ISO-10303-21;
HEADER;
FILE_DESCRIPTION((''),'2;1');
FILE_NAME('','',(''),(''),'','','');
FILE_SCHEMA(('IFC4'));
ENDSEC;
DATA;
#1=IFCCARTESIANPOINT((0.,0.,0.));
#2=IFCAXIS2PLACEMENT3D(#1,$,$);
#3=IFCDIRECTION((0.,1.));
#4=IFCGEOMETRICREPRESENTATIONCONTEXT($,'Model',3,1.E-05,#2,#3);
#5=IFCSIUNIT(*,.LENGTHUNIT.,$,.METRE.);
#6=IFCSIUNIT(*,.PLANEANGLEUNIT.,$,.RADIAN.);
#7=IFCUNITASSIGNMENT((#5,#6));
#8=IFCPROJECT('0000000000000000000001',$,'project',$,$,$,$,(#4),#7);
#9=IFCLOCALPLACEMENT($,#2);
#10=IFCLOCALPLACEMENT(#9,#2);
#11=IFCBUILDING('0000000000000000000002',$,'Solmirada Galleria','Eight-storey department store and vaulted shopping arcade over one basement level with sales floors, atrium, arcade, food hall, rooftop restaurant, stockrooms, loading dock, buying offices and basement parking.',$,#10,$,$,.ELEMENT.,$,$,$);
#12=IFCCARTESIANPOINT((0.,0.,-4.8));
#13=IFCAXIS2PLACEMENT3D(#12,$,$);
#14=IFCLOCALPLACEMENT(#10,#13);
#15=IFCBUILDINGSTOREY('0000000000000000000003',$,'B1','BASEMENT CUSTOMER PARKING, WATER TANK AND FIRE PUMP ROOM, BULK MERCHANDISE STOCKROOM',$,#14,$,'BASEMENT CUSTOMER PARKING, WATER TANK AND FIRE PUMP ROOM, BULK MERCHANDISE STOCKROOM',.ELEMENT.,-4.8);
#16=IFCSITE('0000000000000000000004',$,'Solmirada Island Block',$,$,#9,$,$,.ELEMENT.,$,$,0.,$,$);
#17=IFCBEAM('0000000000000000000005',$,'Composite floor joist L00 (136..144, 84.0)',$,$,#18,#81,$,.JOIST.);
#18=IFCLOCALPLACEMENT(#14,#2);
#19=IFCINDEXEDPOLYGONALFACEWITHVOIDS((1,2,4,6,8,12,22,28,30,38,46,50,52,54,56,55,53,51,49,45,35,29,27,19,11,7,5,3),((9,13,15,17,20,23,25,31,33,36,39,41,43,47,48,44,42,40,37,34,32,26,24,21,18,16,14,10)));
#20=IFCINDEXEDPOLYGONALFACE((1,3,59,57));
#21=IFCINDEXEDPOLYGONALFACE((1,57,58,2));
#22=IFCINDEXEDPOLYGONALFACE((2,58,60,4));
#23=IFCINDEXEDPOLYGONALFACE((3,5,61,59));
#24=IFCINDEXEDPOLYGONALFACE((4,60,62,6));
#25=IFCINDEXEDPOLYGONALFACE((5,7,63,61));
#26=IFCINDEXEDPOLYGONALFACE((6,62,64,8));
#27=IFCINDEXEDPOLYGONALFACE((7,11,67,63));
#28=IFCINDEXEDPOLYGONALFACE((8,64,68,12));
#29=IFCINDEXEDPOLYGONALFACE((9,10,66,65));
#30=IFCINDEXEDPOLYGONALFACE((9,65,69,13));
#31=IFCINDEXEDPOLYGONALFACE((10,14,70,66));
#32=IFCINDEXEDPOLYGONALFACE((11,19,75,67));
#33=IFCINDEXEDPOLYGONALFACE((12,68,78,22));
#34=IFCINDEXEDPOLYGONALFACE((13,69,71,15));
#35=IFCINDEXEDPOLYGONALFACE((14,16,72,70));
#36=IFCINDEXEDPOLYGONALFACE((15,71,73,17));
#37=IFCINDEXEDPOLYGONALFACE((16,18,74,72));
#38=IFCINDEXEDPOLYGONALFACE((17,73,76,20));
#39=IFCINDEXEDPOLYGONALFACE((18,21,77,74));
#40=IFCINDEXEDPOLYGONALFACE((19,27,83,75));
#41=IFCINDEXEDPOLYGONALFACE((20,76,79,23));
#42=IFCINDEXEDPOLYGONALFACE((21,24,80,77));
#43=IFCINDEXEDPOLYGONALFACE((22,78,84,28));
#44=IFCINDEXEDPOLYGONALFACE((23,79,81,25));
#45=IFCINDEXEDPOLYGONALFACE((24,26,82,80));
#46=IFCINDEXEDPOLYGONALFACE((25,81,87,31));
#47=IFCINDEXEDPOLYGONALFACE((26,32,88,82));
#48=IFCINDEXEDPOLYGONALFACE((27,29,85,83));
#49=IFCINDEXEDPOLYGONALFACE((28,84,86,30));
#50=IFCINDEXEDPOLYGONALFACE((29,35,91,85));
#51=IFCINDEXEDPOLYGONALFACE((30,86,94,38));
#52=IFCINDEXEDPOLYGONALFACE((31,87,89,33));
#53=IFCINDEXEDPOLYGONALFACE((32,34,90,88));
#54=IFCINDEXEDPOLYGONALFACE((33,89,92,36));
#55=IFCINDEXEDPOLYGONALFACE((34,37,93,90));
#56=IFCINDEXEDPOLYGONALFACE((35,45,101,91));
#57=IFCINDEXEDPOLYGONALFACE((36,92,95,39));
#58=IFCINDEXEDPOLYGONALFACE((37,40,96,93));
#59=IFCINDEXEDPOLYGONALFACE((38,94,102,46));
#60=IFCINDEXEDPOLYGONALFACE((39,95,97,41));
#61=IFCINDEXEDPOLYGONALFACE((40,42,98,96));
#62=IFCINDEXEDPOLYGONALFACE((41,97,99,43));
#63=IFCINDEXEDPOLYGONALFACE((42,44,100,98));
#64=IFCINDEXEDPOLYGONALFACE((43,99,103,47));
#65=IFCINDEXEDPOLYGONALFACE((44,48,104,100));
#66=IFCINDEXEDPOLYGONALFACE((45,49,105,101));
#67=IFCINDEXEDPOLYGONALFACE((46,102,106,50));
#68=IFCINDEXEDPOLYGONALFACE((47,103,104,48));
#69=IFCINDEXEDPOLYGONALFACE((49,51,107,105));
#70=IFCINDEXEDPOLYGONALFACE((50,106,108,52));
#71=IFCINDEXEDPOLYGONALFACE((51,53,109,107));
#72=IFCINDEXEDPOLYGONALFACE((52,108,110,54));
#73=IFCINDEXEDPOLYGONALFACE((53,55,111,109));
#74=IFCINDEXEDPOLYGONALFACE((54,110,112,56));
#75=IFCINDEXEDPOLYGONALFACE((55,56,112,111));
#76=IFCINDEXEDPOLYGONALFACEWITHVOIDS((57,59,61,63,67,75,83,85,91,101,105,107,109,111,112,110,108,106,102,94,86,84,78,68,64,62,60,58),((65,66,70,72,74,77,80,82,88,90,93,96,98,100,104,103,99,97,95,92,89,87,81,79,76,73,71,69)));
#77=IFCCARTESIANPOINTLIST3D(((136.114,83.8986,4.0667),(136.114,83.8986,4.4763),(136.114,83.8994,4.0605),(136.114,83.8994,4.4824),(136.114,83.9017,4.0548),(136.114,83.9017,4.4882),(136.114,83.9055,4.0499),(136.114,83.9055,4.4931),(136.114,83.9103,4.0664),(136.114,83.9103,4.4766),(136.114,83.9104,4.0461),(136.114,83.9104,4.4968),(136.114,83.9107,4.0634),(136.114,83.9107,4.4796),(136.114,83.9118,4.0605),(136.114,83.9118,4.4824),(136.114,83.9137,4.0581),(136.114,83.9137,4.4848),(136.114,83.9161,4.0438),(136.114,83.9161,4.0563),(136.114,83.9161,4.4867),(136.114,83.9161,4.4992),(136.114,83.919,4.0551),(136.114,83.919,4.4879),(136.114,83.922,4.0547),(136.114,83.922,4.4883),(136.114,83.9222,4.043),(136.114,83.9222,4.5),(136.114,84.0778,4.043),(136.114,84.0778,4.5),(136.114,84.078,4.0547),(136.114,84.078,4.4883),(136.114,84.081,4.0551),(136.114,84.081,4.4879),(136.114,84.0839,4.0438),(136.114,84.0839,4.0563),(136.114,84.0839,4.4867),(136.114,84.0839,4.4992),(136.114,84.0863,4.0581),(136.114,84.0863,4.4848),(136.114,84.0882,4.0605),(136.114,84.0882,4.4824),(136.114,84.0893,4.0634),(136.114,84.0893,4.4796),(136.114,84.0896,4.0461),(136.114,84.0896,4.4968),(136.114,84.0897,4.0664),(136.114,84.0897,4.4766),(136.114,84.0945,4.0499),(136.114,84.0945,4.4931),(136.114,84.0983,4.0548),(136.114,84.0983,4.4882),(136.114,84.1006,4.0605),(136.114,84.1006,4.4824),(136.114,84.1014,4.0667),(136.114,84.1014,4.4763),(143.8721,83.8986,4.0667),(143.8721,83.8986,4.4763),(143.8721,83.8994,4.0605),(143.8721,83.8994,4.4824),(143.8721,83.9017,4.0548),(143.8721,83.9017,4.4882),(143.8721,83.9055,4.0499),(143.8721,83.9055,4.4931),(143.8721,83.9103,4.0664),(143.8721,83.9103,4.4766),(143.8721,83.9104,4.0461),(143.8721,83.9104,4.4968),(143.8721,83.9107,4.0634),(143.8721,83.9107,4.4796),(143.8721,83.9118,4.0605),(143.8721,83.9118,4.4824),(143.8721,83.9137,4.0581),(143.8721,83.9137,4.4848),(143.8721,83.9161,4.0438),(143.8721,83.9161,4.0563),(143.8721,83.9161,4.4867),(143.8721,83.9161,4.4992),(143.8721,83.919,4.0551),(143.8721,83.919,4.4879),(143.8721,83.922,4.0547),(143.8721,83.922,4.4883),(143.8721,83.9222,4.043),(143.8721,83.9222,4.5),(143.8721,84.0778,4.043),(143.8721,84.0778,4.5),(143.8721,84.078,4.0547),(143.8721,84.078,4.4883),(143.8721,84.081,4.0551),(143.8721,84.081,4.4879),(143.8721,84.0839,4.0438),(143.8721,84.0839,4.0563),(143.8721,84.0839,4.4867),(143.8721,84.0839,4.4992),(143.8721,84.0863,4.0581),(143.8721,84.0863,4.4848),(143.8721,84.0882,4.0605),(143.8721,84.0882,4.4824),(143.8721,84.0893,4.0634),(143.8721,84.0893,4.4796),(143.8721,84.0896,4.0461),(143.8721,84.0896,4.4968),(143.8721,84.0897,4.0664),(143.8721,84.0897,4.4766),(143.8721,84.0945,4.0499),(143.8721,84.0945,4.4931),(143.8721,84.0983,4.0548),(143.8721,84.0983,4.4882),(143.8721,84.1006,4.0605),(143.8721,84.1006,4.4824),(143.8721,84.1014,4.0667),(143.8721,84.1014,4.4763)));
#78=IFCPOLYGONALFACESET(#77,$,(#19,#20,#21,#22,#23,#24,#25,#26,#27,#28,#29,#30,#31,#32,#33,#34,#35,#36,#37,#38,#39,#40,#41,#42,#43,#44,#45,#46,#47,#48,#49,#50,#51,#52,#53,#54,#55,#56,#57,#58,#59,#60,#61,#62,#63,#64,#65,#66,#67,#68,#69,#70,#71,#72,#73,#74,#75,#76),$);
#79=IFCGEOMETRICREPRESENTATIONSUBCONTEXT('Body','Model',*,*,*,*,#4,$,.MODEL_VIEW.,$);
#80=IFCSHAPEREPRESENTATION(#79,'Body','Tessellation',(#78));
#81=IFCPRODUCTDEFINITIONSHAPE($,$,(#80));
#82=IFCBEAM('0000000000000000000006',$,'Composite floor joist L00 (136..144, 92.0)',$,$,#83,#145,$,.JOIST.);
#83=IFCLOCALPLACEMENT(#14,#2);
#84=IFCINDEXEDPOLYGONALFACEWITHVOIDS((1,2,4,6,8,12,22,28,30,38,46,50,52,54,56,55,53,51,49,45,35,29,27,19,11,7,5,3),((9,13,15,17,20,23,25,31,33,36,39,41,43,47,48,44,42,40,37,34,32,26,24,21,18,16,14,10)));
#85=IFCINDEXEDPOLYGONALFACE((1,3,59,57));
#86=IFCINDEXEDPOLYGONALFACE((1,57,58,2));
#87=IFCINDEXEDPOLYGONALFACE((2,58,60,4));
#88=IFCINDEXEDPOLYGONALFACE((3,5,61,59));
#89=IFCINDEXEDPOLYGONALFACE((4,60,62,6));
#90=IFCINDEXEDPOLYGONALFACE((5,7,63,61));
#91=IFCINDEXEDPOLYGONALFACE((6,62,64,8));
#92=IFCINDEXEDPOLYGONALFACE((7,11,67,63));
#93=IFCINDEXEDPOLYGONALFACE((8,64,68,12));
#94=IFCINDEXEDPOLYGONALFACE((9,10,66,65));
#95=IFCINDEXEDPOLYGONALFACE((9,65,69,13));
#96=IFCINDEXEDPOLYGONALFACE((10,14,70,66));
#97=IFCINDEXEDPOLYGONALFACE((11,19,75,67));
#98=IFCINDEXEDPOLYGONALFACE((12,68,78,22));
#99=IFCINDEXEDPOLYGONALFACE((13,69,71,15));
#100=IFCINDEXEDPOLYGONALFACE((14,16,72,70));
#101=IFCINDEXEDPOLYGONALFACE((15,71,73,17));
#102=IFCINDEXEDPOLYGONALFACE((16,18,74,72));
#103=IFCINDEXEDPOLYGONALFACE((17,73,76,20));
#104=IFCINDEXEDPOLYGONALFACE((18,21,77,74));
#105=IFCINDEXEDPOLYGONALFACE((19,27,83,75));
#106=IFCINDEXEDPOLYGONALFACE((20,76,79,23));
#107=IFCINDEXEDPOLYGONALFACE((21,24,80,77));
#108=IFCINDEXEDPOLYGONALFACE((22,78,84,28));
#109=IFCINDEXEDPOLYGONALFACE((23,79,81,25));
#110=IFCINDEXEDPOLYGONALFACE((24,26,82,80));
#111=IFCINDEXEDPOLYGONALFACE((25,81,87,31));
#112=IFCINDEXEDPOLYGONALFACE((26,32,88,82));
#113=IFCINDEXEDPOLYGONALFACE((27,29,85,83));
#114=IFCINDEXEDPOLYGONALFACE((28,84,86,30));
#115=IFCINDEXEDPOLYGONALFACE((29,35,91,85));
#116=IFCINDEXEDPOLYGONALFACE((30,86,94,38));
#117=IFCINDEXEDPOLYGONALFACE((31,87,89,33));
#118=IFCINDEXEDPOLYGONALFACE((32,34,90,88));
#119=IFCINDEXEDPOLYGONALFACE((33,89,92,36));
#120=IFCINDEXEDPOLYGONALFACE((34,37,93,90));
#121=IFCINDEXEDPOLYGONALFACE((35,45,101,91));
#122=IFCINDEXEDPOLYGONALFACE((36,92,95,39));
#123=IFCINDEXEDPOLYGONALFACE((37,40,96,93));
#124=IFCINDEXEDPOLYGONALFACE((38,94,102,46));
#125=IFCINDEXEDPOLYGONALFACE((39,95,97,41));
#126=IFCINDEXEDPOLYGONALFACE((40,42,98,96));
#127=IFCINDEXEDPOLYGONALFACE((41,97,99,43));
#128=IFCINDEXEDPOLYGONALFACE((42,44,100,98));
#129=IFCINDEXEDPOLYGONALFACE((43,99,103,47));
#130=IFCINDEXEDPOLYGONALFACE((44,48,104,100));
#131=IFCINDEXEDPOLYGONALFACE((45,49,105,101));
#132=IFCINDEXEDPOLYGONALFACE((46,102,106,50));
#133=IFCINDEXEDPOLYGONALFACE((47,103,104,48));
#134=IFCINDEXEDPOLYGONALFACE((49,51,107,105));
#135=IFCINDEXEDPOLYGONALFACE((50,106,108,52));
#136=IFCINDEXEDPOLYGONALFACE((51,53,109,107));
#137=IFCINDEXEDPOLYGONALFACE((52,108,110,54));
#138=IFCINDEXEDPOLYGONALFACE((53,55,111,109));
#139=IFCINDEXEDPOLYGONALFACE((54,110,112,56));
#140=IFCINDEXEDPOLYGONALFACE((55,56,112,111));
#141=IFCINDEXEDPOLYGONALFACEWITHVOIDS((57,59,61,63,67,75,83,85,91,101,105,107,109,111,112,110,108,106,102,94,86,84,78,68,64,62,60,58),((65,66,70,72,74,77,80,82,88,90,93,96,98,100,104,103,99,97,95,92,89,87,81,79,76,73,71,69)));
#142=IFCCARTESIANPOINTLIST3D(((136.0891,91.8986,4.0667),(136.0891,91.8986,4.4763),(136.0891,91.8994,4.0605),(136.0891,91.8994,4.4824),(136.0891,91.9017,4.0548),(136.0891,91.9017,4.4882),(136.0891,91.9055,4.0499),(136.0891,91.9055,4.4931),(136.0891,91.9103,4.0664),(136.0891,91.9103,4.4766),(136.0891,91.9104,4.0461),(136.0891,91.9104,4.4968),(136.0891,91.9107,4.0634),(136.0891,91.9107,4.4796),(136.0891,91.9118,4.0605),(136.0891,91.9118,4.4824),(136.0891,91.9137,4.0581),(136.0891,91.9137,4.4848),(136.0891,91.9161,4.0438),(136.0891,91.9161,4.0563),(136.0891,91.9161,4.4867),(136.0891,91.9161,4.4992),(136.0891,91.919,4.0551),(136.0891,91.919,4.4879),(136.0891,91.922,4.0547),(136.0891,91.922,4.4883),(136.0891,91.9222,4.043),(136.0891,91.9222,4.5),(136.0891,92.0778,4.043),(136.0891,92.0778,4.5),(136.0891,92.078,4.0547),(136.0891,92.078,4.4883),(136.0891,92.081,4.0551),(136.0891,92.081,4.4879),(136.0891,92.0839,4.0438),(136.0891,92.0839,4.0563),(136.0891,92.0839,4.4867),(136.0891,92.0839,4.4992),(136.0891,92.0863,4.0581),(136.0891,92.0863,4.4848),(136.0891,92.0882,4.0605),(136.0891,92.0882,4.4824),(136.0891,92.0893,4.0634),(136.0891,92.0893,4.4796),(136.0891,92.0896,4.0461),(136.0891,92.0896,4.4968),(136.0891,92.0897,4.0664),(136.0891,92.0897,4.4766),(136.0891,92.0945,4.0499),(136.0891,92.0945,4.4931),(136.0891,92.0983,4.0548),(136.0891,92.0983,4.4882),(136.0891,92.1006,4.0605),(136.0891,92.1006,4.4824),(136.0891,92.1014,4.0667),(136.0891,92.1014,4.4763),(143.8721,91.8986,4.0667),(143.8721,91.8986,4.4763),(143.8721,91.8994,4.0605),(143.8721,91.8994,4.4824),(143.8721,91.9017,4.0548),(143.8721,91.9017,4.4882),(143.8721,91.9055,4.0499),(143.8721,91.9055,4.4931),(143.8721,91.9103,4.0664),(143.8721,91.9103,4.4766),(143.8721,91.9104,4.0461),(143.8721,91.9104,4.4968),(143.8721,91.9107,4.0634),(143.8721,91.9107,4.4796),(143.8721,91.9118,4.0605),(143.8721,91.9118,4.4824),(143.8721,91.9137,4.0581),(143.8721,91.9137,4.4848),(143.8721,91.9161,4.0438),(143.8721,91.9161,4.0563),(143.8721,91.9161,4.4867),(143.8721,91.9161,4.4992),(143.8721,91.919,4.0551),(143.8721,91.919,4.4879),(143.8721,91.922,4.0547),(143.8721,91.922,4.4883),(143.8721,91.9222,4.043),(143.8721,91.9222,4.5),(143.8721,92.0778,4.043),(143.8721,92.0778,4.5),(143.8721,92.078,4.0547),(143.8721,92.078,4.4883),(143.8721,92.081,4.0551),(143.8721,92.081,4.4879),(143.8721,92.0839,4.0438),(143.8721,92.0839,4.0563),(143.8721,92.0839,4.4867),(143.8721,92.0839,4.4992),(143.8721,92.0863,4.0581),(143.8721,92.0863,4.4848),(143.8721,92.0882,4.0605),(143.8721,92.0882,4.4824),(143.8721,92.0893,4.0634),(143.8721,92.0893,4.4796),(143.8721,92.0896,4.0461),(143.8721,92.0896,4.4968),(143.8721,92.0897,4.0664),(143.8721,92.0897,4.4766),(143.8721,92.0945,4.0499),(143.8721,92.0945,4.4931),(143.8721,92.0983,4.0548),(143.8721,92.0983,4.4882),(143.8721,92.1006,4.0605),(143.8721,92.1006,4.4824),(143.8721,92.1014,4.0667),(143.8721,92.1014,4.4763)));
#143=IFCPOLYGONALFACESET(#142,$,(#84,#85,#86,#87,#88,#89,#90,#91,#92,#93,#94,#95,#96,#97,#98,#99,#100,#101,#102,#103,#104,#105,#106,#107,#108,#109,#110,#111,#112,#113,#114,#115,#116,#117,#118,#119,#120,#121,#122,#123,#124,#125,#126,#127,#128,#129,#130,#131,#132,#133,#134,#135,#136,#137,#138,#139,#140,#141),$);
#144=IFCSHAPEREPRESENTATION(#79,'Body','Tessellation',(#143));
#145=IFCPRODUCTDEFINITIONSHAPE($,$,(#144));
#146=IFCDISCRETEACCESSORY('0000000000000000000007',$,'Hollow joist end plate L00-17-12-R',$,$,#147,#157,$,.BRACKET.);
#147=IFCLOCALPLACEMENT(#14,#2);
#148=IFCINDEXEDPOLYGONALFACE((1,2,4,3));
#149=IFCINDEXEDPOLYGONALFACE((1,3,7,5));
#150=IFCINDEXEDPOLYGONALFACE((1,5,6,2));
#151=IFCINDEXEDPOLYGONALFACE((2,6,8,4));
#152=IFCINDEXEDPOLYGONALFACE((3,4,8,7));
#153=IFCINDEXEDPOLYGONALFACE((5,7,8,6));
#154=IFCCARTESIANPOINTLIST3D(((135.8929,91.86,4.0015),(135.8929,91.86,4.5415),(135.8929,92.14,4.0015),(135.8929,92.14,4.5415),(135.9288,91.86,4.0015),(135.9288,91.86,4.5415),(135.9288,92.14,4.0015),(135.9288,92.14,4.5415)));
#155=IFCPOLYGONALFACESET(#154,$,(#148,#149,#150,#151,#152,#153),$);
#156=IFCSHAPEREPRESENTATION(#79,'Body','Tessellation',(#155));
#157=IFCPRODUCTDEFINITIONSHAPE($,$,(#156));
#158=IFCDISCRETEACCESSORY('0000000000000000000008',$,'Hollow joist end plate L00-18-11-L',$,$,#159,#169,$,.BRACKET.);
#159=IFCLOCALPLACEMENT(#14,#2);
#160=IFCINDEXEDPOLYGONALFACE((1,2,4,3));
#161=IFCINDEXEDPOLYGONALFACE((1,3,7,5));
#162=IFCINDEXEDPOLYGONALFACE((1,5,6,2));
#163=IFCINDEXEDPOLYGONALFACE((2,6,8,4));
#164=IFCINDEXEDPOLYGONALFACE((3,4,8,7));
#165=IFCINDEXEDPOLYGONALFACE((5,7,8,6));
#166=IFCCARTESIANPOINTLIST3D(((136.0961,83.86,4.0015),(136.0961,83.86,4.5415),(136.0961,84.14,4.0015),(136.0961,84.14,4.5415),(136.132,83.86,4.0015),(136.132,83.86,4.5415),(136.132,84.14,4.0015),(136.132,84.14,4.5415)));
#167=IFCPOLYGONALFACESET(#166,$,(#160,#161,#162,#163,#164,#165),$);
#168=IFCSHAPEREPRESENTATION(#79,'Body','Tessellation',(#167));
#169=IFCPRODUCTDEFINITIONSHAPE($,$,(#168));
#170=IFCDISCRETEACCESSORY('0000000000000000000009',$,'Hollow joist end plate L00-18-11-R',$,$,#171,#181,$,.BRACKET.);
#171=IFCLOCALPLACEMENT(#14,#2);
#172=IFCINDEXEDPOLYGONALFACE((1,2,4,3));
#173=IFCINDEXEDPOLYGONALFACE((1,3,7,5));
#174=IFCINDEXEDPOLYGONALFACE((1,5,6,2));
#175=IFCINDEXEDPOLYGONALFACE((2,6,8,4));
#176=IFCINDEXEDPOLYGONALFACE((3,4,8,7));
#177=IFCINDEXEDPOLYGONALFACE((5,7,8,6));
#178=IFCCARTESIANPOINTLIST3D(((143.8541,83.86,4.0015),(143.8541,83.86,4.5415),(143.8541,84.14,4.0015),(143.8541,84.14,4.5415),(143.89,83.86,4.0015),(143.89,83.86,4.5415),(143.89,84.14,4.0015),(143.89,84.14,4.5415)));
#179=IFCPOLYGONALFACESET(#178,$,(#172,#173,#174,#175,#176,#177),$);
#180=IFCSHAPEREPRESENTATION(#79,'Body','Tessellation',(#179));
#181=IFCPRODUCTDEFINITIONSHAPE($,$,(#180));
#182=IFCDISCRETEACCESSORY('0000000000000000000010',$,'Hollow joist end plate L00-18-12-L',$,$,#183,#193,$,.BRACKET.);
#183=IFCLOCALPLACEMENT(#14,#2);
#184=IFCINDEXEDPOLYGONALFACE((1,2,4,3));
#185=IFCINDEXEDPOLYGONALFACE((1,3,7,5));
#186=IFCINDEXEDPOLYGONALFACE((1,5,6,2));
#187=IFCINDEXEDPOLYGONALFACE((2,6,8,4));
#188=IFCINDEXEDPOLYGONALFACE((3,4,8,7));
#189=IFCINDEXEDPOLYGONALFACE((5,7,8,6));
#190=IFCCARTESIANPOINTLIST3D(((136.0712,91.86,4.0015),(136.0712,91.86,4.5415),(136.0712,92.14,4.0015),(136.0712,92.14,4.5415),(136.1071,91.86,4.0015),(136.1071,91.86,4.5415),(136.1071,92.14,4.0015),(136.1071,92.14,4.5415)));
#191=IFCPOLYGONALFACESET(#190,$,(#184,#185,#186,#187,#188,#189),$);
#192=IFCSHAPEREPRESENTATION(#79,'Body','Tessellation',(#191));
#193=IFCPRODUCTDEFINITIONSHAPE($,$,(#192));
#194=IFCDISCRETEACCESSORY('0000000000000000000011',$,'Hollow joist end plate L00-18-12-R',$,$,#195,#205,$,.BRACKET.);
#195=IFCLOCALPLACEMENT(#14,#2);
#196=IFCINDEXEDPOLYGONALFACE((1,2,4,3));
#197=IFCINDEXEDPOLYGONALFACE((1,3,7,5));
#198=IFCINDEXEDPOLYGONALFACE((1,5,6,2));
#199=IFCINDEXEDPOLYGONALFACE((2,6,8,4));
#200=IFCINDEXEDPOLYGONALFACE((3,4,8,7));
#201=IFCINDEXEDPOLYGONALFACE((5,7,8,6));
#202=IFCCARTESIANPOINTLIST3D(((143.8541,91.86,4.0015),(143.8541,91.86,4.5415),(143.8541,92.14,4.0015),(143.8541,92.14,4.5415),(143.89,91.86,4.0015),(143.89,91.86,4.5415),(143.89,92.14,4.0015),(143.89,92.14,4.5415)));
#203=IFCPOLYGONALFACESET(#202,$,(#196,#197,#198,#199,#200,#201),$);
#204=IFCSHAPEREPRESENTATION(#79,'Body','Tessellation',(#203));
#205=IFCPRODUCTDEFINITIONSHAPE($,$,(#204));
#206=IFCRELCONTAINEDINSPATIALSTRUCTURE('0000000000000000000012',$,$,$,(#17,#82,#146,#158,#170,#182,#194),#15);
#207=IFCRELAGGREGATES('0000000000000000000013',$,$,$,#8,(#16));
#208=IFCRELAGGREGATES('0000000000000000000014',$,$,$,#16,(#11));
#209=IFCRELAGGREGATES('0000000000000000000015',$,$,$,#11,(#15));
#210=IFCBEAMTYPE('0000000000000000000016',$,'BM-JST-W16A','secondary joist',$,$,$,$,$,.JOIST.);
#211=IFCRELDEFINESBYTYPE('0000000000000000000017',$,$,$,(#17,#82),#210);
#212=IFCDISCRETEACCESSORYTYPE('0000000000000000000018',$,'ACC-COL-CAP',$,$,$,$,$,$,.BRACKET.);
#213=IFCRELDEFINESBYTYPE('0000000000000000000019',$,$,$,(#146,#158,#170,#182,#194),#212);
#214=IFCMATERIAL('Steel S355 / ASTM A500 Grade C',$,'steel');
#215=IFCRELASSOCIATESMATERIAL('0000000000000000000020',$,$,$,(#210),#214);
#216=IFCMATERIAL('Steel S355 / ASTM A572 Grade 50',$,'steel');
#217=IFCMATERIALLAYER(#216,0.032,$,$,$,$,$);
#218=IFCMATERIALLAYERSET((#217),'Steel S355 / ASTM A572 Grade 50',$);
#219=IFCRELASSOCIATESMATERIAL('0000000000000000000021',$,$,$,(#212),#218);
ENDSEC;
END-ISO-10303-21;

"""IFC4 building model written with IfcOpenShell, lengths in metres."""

from ifc_helpers import new_model, si_unit, direction, frame, origin, origin_2d, place, context, subcontext, project, spatial, rectangle, hollow_rectangle, extrude, material, layer, layer_set, material_profile, profile_set, type_object, element, save


model = new_model("IFC4")

# Units and contexts
model_context = context("Model", 3, precision=1e-05, world=origin(), true_north=direction((0.0, 1.0)))
body_context = subcontext(model_context, "Body", "Model", "MODEL_VIEW")
ifc_project = project(units=[si_unit("LENGTHUNIT", "METRE"), si_unit("PLANEANGLEUNIT", "RADIAN")], contexts=[model_context])

# Site, building, storey
site_placement = place(None, origin())
site = spatial("IfcSite", under=ifc_project, at=site_placement, Name="Solmirada Island Block", CompositionType="ELEMENT", RefElevation=0.0)
building_placement = place(site_placement, origin())
building = spatial("IfcBuilding", under=site, at=building_placement, Name="Solmirada Galleria", Description="Eight-storey department store and vaulted shopping arcade over one basement level with sales floors, atrium, arcade, food hall, rooftop restaurant, stockrooms, loading dock, buying offices and basement parking.", CompositionType="ELEMENT")
storey_placement = place(building_placement, frame((0.0, 0.0, -4.8)))
storey = spatial("IfcBuildingStorey", under=building, at=storey_placement, Name="B1", Description="BASEMENT CUSTOMER PARKING, WATER TANK AND FIRE PUMP ROOM, BULK MERCHANDISE STOCKROOM", LongName="BASEMENT CUSTOMER PARKING, WATER TANK AND FIRE PUMP ROOM, BULK MERCHANDISE STOCKROOM", CompositionType="ELEMENT", Elevation=-4.8)

# Shared definitions
ifc_material_1 = material(Name="Steel S355 / ASTM A500 Grade C", Category="steel")

# Beams
ifc_material_profile_1 = material_profile(ifc_material_1, hollow_rectangle(XDim=0.2029, YDim=0.457, WallThickness=0.0117, InnerFilletRadius=0.0117, OuterFilletRadius=0.0237, at=origin_2d()), Name="HSS18X8X1/2")
ifc_profile_set_1 = profile_set([ifc_material_profile_1], Name="Steel S355 / ASTM A500 Grade C")
beam_type_1 = type_object("IfcBeamType", Name="BM-JST-W16A", Description="secondary joist", PredefinedType="JOIST", material=ifc_profile_set_1)
beam_1_placement = place(storey_placement, frame((136.114, 84.0, 4.2715), z_axis=(1.0, 0.0, 0.0), x_axis=(0.0, 1.0, 0.0)))
element("IfcBeam", 1, at=beam_1_placement, inside=storey, type_object=beam_type_1, Name="Composite floor joist L00 (136..144, 84.0)", PredefinedType="JOIST", context=body_context, shape_type="SweptSolid", body=[
    extrude(hollow_rectangle(XDim=0.2029, YDim=0.457, WallThickness=0.0117, InnerFilletRadius=0.0117, OuterFilletRadius=0.0237, at=origin_2d()), origin(), (0.0, 0.0, 1.0), 7.7581),
])
beam_2_placement = place(storey_placement, frame((136.0891, 92.0, 4.2715), z_axis=(1.0, 0.0, 0.0), x_axis=(0.0, 1.0, 0.0)))
element("IfcBeam", 2, at=beam_2_placement, inside=storey, type_object=beam_type_1, Name="Composite floor joist L00 (136..144, 92.0)", PredefinedType="JOIST", context=body_context, shape_type="SweptSolid", body=[
    extrude(hollow_rectangle(XDim=0.2029, YDim=0.457, WallThickness=0.0117, InnerFilletRadius=0.0117, OuterFilletRadius=0.0237, at=origin_2d()), origin(), (0.0, 0.0, 1.0), 7.783),
])

# Discrete accessories
ifc_material_2 = material(Name="Steel S355 / ASTM A572 Grade 50", Category="steel")
ifc_layer = layer(ifc_material_2, 0.032)
ifc_layer_set = layer_set([ifc_layer], Name="Steel S355 / ASTM A572 Grade 50")
discrete_accessory_type = type_object("IfcDiscreteAccessoryType", Name="ACC-COL-CAP", PredefinedType="BRACKET", material=ifc_layer_set)
for number, where, z_axis, x_axis, name in (
    (3, (135.9109, 92.0, 4.0015), (0.0, 0.0, 1.0), (1.0, 0.0, 0.0), "Hollow joist end plate L00-17-12-R"),
    (4, (136.114, 84.0, 4.0015), (0.0, 0.0, 1.0), (1.0, 0.0, 0.0), "Hollow joist end plate L00-18-11-L"),
    (5, (143.8721, 84.0, 4.0015), (0.0, 0.0, 1.0), (1.0, 0.0, 0.0), "Hollow joist end plate L00-18-11-R"),
    (6, (136.0891, 92.0, 4.0015), (0.0, 0.0, 1.0), (1.0, 0.0, 0.0), "Hollow joist end plate L00-18-12-L"),
    (7, (143.8721, 92.0, 4.0015), (0.0, 0.0, 1.0), (1.0, 0.0, 0.0), "Hollow joist end plate L00-18-12-R"),
):
    element("IfcDiscreteAccessory", number, at=place(storey_placement, frame(where, z_axis=z_axis, x_axis=x_axis)), inside=storey, type_object=discrete_accessory_type, Name=name, PredefinedType="BRACKET", context=body_context, shape_type="SweptSolid", body=[
        extrude(rectangle(XDim=0.0359, YDim=0.28, at=origin_2d()), origin(), (0.0, 0.0, 1.0), 0.54),
    ])

save(model, "model.ifc")
